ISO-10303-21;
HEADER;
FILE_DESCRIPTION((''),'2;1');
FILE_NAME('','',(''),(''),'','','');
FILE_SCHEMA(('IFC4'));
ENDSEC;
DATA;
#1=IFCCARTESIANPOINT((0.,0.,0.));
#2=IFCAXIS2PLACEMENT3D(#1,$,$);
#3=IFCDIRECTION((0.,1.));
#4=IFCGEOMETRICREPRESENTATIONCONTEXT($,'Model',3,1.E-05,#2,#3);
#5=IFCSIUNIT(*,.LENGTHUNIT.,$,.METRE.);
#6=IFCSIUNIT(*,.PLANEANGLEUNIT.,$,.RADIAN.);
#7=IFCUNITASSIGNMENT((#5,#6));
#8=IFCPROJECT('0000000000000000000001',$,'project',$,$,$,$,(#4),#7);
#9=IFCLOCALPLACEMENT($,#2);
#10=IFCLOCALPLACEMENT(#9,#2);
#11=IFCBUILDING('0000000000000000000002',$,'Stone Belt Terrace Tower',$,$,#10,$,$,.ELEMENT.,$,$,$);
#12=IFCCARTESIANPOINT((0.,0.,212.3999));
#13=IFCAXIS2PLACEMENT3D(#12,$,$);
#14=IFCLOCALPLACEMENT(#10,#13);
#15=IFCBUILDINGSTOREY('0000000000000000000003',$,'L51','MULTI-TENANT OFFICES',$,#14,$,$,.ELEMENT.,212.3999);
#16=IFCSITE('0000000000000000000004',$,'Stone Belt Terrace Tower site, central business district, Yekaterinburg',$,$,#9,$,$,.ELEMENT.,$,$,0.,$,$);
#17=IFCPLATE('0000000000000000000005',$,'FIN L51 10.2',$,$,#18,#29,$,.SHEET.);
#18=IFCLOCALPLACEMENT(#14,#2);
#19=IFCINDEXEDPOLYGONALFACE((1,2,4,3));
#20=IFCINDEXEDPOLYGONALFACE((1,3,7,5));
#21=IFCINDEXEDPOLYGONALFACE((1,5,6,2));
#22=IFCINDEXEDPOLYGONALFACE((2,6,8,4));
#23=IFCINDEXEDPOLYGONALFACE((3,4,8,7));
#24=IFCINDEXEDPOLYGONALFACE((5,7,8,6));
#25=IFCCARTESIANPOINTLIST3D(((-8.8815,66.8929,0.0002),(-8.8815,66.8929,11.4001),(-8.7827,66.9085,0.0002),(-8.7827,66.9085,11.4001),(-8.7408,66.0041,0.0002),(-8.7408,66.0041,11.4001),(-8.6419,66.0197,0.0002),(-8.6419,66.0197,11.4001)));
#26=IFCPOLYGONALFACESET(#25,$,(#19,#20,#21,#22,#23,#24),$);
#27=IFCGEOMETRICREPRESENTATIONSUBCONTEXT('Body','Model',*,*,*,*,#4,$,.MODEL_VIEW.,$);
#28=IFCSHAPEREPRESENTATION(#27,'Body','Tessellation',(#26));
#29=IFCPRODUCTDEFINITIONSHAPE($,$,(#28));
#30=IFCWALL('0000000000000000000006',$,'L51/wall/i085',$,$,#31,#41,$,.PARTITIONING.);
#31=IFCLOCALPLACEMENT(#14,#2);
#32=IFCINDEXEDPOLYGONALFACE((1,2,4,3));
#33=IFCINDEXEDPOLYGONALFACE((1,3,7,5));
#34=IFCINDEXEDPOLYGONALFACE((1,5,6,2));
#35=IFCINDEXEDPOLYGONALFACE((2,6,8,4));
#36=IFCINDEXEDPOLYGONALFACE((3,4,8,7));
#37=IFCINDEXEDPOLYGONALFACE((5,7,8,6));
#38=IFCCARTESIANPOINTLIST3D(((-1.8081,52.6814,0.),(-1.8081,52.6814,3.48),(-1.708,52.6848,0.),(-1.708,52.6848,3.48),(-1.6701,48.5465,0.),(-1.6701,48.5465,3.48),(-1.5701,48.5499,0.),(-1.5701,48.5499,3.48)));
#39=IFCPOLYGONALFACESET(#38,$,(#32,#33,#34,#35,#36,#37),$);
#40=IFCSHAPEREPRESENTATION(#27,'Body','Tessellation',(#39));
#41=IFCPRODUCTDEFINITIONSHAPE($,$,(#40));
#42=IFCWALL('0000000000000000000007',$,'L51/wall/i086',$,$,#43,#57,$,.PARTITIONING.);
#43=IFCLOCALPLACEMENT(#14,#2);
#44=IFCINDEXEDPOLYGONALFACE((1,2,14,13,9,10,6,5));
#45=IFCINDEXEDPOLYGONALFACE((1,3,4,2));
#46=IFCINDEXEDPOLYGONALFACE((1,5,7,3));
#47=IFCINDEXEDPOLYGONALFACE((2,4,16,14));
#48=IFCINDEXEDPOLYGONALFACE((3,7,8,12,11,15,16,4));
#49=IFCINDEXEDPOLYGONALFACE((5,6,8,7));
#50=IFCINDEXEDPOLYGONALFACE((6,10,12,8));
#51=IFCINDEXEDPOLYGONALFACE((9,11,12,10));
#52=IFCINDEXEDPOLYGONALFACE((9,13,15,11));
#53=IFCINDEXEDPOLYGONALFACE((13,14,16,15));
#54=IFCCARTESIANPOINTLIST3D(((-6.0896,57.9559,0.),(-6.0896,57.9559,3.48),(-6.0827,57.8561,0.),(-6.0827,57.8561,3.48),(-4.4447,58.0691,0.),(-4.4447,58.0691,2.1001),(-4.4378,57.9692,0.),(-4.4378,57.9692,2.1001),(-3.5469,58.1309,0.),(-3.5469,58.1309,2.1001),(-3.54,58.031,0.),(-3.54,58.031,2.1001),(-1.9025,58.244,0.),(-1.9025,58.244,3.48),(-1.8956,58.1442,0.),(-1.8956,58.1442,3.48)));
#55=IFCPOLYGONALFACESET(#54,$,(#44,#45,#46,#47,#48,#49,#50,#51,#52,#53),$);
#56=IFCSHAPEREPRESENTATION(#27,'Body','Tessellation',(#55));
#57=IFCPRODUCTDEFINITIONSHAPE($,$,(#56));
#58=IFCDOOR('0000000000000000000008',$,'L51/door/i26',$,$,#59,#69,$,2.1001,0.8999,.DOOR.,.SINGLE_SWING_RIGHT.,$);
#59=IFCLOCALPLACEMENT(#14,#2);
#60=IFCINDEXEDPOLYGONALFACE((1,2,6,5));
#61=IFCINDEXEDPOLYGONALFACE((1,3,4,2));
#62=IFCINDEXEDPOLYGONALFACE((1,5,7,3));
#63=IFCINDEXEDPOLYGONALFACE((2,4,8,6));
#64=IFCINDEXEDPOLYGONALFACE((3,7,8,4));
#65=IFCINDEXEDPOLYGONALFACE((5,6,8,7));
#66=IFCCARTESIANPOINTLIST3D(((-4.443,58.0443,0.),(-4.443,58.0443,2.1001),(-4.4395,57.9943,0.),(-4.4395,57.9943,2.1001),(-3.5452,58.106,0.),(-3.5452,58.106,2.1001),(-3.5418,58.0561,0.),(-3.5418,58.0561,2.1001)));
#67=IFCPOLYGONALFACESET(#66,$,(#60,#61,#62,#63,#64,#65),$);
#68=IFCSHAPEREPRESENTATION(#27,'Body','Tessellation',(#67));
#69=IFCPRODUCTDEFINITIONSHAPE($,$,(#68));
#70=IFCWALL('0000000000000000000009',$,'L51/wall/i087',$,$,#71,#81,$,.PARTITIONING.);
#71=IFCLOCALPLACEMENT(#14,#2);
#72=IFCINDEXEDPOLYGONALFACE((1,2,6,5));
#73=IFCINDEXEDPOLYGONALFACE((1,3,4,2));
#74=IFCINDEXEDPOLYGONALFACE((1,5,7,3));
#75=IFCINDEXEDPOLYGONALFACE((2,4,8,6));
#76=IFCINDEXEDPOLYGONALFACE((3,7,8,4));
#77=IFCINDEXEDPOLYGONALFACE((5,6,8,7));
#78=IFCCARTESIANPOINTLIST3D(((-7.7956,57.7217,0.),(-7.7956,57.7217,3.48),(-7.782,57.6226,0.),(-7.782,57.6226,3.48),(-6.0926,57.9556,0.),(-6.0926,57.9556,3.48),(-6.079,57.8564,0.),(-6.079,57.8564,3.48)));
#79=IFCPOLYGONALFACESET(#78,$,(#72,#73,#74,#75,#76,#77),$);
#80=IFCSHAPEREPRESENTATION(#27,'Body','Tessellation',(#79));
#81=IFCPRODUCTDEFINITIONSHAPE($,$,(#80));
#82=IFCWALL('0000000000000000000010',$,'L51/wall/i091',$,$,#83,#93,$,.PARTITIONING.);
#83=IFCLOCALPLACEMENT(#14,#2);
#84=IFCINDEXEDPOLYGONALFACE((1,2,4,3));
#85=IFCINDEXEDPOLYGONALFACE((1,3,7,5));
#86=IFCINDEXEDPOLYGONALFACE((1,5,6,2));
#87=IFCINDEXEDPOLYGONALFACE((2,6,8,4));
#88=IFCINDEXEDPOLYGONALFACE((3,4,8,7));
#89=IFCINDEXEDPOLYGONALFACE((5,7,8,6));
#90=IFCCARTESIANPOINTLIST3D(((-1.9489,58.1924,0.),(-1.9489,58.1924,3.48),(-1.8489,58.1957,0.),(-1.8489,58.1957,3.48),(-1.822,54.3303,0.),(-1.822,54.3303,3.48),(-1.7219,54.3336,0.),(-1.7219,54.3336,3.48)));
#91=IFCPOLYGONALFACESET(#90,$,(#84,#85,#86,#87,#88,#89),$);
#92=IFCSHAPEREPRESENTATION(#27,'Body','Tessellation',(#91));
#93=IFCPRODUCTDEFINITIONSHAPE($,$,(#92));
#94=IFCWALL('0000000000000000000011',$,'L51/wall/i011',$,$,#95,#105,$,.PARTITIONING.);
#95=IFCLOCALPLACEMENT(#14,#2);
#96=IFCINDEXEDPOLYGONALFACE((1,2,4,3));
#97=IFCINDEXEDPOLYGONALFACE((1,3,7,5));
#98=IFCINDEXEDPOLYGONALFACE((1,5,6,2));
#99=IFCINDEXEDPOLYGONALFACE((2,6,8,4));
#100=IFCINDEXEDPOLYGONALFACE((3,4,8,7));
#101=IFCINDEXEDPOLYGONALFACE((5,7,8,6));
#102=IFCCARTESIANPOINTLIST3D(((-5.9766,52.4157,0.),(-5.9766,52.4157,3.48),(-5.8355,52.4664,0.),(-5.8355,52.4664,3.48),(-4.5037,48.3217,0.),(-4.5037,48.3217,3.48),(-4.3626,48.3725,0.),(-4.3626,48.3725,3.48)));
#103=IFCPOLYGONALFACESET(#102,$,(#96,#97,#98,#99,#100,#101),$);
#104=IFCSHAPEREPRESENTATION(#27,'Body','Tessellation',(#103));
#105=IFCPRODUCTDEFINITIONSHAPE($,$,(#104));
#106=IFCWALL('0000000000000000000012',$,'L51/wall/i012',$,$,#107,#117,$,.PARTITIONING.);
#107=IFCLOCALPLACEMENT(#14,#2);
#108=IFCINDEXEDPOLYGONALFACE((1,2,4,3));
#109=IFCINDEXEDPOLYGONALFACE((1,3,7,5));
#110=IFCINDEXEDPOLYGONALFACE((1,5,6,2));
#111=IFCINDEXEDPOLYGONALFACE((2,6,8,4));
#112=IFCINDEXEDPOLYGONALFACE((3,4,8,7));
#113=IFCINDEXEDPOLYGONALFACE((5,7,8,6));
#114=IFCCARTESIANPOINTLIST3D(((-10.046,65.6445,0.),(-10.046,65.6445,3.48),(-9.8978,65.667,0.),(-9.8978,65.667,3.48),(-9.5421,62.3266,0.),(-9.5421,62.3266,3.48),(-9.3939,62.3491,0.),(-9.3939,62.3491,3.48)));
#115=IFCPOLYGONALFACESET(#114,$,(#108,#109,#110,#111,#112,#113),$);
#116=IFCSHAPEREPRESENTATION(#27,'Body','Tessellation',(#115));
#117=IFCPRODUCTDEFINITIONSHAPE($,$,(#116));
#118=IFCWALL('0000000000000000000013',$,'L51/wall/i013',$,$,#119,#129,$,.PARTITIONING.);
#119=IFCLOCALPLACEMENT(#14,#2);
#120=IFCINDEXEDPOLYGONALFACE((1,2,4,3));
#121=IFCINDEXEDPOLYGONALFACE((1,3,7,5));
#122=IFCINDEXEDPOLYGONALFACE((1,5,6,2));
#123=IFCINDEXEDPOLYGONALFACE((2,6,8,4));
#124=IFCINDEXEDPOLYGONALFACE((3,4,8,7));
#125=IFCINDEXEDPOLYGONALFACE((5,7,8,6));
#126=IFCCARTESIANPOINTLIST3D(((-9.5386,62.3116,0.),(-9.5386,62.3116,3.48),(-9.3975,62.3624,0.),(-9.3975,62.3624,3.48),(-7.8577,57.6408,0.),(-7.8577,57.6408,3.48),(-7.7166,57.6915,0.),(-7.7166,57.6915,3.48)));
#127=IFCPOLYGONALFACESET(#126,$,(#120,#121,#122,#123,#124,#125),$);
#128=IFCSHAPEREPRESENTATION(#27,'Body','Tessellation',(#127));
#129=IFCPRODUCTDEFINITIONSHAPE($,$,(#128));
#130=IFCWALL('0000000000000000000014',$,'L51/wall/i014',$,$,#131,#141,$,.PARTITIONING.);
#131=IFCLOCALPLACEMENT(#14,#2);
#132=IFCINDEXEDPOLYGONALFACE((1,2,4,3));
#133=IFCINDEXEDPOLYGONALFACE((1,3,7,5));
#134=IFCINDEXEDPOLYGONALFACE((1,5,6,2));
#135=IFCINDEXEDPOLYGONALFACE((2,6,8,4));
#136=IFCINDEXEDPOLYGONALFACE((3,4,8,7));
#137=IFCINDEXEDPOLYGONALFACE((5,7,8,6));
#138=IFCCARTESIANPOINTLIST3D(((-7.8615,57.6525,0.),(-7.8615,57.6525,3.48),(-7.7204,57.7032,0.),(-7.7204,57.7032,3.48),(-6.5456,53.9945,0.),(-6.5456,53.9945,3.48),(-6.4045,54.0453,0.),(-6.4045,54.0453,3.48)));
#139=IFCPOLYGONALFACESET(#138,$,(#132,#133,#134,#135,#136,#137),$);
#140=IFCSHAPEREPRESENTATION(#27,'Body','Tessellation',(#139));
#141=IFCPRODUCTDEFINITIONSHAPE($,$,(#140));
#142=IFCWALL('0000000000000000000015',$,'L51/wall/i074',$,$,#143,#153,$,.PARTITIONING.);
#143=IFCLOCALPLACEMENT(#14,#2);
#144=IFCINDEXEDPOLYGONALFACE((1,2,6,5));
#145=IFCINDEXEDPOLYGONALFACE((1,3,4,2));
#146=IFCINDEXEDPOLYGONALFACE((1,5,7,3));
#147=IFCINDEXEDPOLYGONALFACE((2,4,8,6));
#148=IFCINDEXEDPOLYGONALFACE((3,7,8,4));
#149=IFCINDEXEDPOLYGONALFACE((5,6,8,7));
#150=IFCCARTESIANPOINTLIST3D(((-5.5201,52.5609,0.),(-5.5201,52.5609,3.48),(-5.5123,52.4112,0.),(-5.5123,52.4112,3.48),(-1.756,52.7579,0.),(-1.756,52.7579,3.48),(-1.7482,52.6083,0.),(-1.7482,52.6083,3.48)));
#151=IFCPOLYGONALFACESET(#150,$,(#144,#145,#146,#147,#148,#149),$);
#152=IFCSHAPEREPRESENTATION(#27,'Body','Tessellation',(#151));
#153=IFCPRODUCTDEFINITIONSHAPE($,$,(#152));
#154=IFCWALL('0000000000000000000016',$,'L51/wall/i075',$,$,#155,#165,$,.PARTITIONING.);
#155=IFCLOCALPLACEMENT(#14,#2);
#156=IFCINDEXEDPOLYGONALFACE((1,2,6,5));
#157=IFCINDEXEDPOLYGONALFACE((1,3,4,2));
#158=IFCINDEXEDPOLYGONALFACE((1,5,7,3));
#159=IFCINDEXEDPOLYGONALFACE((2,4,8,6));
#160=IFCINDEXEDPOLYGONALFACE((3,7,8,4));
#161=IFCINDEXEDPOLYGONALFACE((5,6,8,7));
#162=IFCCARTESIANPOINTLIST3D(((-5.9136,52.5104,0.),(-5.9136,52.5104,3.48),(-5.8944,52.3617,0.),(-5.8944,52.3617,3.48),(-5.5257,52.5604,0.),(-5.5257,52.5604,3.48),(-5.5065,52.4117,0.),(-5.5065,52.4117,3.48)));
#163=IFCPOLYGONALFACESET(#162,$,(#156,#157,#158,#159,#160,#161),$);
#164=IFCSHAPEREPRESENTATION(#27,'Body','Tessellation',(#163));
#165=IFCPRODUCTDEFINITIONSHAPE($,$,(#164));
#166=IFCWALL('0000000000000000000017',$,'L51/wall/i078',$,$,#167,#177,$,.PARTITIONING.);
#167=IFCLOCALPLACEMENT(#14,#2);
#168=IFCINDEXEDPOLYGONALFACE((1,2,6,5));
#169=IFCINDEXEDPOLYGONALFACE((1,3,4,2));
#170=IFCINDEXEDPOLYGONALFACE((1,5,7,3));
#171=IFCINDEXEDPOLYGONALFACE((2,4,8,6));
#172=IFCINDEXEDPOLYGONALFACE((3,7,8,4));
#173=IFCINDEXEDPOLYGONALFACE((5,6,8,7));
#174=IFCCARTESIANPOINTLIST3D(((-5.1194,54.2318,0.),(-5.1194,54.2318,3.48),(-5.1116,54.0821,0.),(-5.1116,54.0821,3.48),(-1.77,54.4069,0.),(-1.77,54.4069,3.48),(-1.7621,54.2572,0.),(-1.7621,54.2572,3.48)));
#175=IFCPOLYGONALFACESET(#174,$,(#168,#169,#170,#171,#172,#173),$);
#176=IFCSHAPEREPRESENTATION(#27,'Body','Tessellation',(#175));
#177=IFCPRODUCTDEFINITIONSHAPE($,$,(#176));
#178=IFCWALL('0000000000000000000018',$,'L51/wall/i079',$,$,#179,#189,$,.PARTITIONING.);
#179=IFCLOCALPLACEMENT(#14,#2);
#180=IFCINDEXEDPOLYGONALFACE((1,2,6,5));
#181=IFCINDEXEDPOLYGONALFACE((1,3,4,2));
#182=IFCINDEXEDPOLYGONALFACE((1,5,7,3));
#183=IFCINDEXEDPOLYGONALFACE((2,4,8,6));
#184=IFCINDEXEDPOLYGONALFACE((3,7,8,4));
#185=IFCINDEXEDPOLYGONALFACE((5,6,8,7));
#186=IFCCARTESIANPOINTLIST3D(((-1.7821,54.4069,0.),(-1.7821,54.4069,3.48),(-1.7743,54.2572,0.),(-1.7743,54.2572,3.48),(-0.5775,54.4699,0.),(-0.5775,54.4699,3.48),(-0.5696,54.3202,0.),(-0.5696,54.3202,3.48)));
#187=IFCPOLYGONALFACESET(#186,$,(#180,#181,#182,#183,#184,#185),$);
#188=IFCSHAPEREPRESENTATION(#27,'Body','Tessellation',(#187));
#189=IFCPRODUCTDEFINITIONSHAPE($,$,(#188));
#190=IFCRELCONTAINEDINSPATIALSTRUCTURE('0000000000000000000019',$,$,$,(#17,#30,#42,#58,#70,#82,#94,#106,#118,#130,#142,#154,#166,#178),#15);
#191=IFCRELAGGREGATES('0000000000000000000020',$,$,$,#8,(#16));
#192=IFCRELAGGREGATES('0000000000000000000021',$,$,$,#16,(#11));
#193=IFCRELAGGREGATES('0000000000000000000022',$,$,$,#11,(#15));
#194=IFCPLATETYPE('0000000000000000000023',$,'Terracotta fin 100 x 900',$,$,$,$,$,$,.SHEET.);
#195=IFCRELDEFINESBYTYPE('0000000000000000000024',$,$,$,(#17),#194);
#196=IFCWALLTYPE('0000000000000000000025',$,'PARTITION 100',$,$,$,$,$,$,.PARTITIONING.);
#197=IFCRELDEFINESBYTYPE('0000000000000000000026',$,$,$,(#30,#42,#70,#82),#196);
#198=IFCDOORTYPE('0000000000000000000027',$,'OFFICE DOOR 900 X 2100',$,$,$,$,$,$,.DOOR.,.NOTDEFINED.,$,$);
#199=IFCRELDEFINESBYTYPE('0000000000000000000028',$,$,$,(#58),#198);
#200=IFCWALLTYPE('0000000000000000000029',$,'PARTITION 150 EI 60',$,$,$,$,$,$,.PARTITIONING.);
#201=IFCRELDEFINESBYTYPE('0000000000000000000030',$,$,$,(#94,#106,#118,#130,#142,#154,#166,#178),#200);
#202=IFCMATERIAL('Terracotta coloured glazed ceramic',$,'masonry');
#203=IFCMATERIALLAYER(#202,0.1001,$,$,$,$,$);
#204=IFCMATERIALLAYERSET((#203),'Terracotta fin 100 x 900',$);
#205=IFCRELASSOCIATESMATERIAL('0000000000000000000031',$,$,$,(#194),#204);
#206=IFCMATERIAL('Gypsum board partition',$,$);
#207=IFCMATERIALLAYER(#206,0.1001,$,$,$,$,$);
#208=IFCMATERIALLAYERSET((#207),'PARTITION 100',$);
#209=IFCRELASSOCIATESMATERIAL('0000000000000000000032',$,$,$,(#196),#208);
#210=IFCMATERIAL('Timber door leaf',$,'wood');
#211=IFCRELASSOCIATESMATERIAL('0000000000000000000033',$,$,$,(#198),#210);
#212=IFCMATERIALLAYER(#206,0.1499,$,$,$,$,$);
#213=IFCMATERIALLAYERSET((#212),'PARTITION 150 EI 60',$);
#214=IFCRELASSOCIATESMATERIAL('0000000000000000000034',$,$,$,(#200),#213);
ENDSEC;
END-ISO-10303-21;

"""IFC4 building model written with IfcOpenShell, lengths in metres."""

from ifc_helpers import new_model, si_unit, direction, frame, frame_2d, origin, origin_2d, place, context, subcontext, project, spatial, rectangle, extrude, material, layer, layer_set, type_object, element, fill, save


model = new_model("IFC4")

# Units and contexts
model_context = context("Model", 3, precision=1e-05, world=origin(), true_north=direction((0.0, 1.0)))
body_context = subcontext(model_context, "Body", "Model", "MODEL_VIEW")
ifc_project = project(units=[si_unit("LENGTHUNIT", "METRE"), si_unit("PLANEANGLEUNIT", "RADIAN")], contexts=[model_context])

# Site, building, storey
site_placement = place(None, origin())
site = spatial("IfcSite", under=ifc_project, at=site_placement, Name="Stone Belt Terrace Tower site, central business district, Yekaterinburg", CompositionType="ELEMENT", RefElevation=0.0)
building_placement = place(site_placement, origin())
building = spatial("IfcBuilding", under=site, at=building_placement, Name="Stone Belt Terrace Tower", CompositionType="ELEMENT")
storey_placement = place(building_placement, frame((0.0, 0.0, 212.3999)))
storey = spatial("IfcBuildingStorey", under=building, at=storey_placement, Name="L51", Description="MULTI-TENANT OFFICES", CompositionType="ELEMENT", Elevation=212.3999)

# Plate
ifc_material_1 = material(Name="Terracotta coloured glazed ceramic", Category="masonry")
ifc_layer_1 = layer(ifc_material_1, 0.1001)
ifc_layer_set_1 = layer_set([ifc_layer_1], Name="Terracotta fin 100 x 900")
plate_type_1 = type_object("IfcPlateType", Name="Terracotta fin 100 x 900", PredefinedType="SHEET", material=ifc_layer_set_1)
for number, where, z_axis, x_axis, name in (
    (1, (-8.7617, 66.4563, 0.0002), (0.0, 0.0, 1.0), (-0.156434, 0.987688, 0.0), "FIN L51 10.2"),
):
    element("IfcPlate", number, at=place(storey_placement, frame(where, z_axis=z_axis, x_axis=x_axis)), inside=storey, type_object=plate_type_1, Name=name, PredefinedType="SHEET", context=body_context, shape_type="SweptSolid", body=[
        extrude(rectangle(XDim=0.8999, YDim=0.1001, at=origin_2d()), origin(), (0.0, 0.0, 1.0), 11.3999),
    ])

# Wall
ifc_material_2 = material(Name="Gypsum board partition")
ifc_layer_2 = layer(ifc_material_2, 0.1001)
ifc_layer_set_2 = layer_set([ifc_layer_2], Name="PARTITION 100")
wall_type_1 = type_object("IfcWallType", Name="PARTITION 100", PredefinedType="PARTITIONING", material=ifc_layer_set_2)
wall_1_placement = place(storey_placement, frame((-1.7581, 52.6831, 0.0), z_axis=(0.0, 0.0, 1.0), x_axis=(0.03334, -0.999444, 0.0)))
element("IfcWall", 2, at=wall_1_placement, inside=storey, type_object=wall_type_1, Name="L51/wall/i085", PredefinedType="PARTITIONING", context=body_context, shape_type="SweptSolid", body=[
    extrude(rectangle(XDim=4.1372, YDim=0.1001, at=frame_2d((2.0686, 0.0))), origin(), (0.0, 0.0, 1.0), 3.48),
])

# Wall, opening, door
wall_2_placement = place(storey_placement, frame((-1.8989, 58.1941, 0.0), z_axis=(0.0, 0.0, 1.0), x_axis=(-0.997641, -0.068642, 0.0)))
wall_2 = element("IfcWall", 3, at=wall_2_placement, inside=storey, type_object=wall_type_1, Name="L51/wall/i086", PredefinedType="PARTITIONING", context=body_context, shape_type="SweptSolid", body=[
    extrude(rectangle(XDim=4.197, YDim=0.1001, at=frame_2d((2.0986, 0.0))), origin(), (0.0, 0.0, 1.0), 3.48),
])
opening_placement = place(wall_2_placement, frame((1.6484, 0.0, 0.0)))
opening = element("IfcOpeningElement", 4, at=opening_placement, cuts=wall_2, PredefinedType="OPENING", context=body_context, shape_type="SweptSolid", body=[
    extrude(rectangle(XDim=0.8999, YDim=2.1001, at=frame_2d((0.45, 1.05))), frame((0.0, 0.0601, 0.0), z_axis=(0.0, -1.0, 0.0), x_axis=(1.0, 0.0, 0.0)), (0.0, 0.0, 1.0), 0.1201),
])
ifc_material_3 = material(Name="Timber door leaf", Category="wood")
door_type = type_object("IfcDoorType", Name="OFFICE DOOR 900 X 2100", OperationType="NOTDEFINED", PredefinedType="DOOR", material=ifc_material_3)
door_placement = place(opening_placement, origin())
door = element("IfcDoor", 5, at=door_placement, inside=storey, type_object=door_type, Name="L51/door/i26", OperationType="SINGLE_SWING_RIGHT", OverallHeight=2.1001, OverallWidth=0.8999, PredefinedType="DOOR", context=body_context, shape_type="SweptSolid", body=[
    extrude(rectangle(XDim=0.8999, YDim=2.1001, at=frame_2d((0.45, 1.05))), frame((0.0, 0.0249, 0.0), z_axis=(0.0, -1.0, 0.0), x_axis=(1.0, 0.0, 0.0)), (0.0, 0.0, 1.0), 0.05),
])
fill(opening, door)

# Walls
wall_3_placement = place(storey_placement, frame((-6.0859, 57.906, 0.0), z_axis=(0.0, 0.0, 1.0), x_axis=(-0.990702, -0.136051, 0.0)))
element("IfcWall", 6, at=wall_3_placement, inside=storey, type_object=wall_type_1, Name="L51/wall/i087", PredefinedType="PARTITIONING", context=body_context, shape_type="SweptSolid", body=[
    extrude(rectangle(XDim=1.719, YDim=0.1001, at=frame_2d((0.8594, 0.0))), origin(), (0.0, 0.0, 1.0), 3.48),
])
wall_4_placement = place(storey_placement, frame((-1.8989, 58.1941, 0.0), z_axis=(0.0, 0.0, 1.0), x_axis=(0.032854, -0.99946, 0.0)))
element("IfcWall", 7, at=wall_4_placement, inside=storey, type_object=wall_type_1, Name="L51/wall/i091", PredefinedType="PARTITIONING", context=body_context, shape_type="SweptSolid", body=[
    extrude(rectangle(XDim=3.8643, YDim=0.1001, at=frame_2d((1.9321, 0.0))), origin(), (0.0, 0.0, 1.0), 3.48),
])
ifc_layer_3 = layer(ifc_material_2, 0.1499)
ifc_layer_set_3 = layer_set([ifc_layer_3], Name="PARTITION 150 EI 60")
wall_type_2 = type_object("IfcWallType", Name="PARTITION 150 EI 60", PredefinedType="PARTITIONING", material=ifc_layer_set_3)
wall_5_placement = place(storey_placement, frame((-5.906, 52.4409, 0.0), z_axis=(0.0, 0.0, 1.0), x_axis=(0.338529, -0.940956, 0.0)))
element("IfcWall", 8, at=wall_5_placement, inside=storey, type_object=wall_type_2, Name="L51/wall/i011", PredefinedType="PARTITIONING", context=body_context, shape_type="SweptSolid", body=[
    extrude(rectangle(XDim=4.3508, YDim=0.1499, at=frame_2d((2.1753, 0.0))), origin(), (0.0, 0.0, 1.0), 3.48),
])
wall_6_placement = place(storey_placement, frame((-9.9719, 65.6558, 0.0), z_axis=(0.0, 0.0, 1.0), x_axis=(0.150154, -0.988663, 0.0)))
element("IfcWall", 9, at=wall_6_placement, inside=storey, type_object=wall_type_2, Name="L51/wall/i012", PredefinedType="PARTITIONING", context=body_context, shape_type="SweptSolid", body=[
    extrude(rectangle(XDim=3.356, YDim=0.1499, at=frame_2d((1.678, 0.0))), origin(), (0.0, 0.0, 1.0), 3.48),
])
wall_7_placement = place(storey_placement, frame((-9.468, 62.3369, 0.0), z_axis=(0.0, 0.0, 1.0), x_axis=(0.33861, -0.940927, 0.0)))
element("IfcWall", 10, at=wall_7_placement, inside=storey, type_object=wall_type_2, Name="L51/wall/i013", PredefinedType="PARTITIONING", context=body_context, shape_type="SweptSolid", body=[
    extrude(rectangle(XDim=4.9641, YDim=0.1499, at=frame_2d((2.4819, 0.0))), origin(), (0.0, 0.0, 1.0), 3.48),
])
wall_8_placement = place(storey_placement, frame((-7.791, 57.678, 0.0), z_axis=(0.0, 0.0, 1.0), x_axis=(0.338504, -0.940965, 0.0)))
element("IfcWall", 11, at=wall_8_placement, inside=storey, type_object=wall_type_2, Name="L51/wall/i014", PredefinedType="PARTITIONING", context=body_context, shape_type="SweptSolid", body=[
    extrude(rectangle(XDim=3.8875, YDim=0.1499, at=frame_2d((1.9438, 0.0))), origin(), (0.0, 0.0, 1.0), 3.48),
])
wall_9_placement = place(storey_placement, frame((-1.752, 52.6831, 0.0), z_axis=(0.0, 0.0, 1.0), x_axis=(-0.998633, -0.05227, 0.0)))
element("IfcWall", 12, at=wall_9_placement, inside=storey, type_object=wall_type_2, Name="L51/wall/i074", PredefinedType="PARTITIONING", context=body_context, shape_type="SweptSolid", body=[
    extrude(rectangle(XDim=3.7693, YDim=0.1499, at=frame_2d((1.8848, 0.0))), origin(), (0.0, 0.0, 1.0), 3.48),
])
wall_10_placement = place(storey_placement, frame((-5.5161, 52.4861, 0.0), z_axis=(0.0, 0.0, 1.0), x_axis=(-0.99178, -0.127952, 0.0)))
element("IfcWall", 13, at=wall_10_placement, inside=storey, type_object=wall_type_2, Name="L51/wall/i075", PredefinedType="PARTITIONING", context=body_context, shape_type="SweptSolid", body=[
    extrude(rectangle(XDim=0.3911, YDim=0.1499, at=frame_2d((0.1956, 0.0))), origin(), (0.0, 0.0, 1.0), 3.48),
])
wall_11_placement = place(storey_placement, frame((-5.1155, 54.157, 0.0), z_axis=(0.0, 0.0, 1.0), x_axis=(0.998637, 0.052192, 0.0)))
element("IfcWall", 14, at=wall_11_placement, inside=storey, type_object=wall_type_2, Name="L51/wall/i078", PredefinedType="PARTITIONING", context=body_context, shape_type="SweptSolid", body=[
    extrude(rectangle(XDim=3.354, YDim=0.1499, at=frame_2d((1.677, 0.0))), origin(), (0.0, 0.0, 1.0), 3.48),
])
wall_12_placement = place(storey_placement, frame((-1.7781, 54.332, 0.0), z_axis=(0.0, 0.0, 1.0), x_axis=(0.998636, 0.052219, 0.0)))
element("IfcWall", 15, at=wall_12_placement, inside=storey, type_object=wall_type_2, Name="L51/wall/i079", PredefinedType="PARTITIONING", context=body_context, shape_type="SweptSolid", body=[
    extrude(rectangle(XDim=1.2063, YDim=0.1499, at=frame_2d((0.603, 0.0))), origin(), (0.0, 0.0, 1.0), 3.48),
])

save(model, "model.ifc")
